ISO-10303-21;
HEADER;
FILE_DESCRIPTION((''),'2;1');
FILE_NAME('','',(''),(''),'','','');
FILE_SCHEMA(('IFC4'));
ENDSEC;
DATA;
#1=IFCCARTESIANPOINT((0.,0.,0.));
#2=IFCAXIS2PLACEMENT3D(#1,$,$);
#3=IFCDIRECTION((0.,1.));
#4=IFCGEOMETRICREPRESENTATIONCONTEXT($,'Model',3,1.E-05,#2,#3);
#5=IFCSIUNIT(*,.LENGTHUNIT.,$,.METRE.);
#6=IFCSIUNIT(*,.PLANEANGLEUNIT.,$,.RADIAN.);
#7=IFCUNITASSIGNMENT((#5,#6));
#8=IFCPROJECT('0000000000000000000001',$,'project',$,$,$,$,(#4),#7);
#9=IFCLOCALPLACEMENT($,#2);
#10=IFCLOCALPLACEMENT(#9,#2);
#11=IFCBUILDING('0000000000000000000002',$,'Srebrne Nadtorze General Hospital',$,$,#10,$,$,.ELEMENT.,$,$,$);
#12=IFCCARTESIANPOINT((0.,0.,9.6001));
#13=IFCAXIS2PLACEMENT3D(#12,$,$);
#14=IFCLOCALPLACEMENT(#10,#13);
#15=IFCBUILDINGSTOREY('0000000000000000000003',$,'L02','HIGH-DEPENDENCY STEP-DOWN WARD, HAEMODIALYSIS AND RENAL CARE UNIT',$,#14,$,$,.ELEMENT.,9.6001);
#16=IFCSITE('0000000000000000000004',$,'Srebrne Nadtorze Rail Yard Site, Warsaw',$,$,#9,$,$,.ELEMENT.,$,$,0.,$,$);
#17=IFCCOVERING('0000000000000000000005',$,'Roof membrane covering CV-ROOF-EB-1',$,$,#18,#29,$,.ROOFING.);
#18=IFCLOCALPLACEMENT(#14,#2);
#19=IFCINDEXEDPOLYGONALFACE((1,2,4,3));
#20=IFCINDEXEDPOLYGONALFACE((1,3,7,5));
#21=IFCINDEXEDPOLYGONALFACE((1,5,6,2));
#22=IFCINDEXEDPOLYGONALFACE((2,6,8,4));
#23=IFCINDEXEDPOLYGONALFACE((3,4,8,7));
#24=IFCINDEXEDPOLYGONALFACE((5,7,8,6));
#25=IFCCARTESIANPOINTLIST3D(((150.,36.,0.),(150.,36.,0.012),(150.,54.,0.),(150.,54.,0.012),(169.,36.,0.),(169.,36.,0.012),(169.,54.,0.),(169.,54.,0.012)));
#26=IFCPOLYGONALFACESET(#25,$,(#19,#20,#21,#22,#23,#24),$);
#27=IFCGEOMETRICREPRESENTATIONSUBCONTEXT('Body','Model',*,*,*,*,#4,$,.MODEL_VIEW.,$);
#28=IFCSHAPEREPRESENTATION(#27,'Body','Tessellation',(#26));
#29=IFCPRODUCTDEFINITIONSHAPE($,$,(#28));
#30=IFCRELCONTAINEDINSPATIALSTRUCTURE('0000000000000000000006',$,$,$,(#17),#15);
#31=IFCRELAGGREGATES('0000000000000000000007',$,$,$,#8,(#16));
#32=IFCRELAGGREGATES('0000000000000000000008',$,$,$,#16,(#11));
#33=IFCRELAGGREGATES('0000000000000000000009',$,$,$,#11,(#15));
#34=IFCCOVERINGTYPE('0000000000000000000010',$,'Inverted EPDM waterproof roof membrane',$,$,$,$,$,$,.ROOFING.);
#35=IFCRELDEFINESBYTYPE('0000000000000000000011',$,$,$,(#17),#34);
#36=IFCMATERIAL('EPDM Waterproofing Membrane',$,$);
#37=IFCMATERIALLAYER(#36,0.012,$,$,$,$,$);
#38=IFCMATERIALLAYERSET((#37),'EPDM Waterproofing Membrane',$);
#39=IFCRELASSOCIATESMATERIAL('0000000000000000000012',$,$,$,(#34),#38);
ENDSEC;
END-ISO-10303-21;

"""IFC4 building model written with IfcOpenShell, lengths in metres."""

from ifc_helpers import new_model, si_unit, direction, frame, origin, place, context, subcontext, project, spatial, polyline, outline, extrude, material, layer, layer_set, type_object, element, save


model = new_model("IFC4")

# Units and contexts
model_context = context("Model", 3, precision=1e-05, world=origin(), true_north=direction((0.0, 1.0)))
body_context = subcontext(model_context, "Body", "Model", "MODEL_VIEW")
ifc_project = project(units=[si_unit("LENGTHUNIT", "METRE"), si_unit("PLANEANGLEUNIT", "RADIAN")], contexts=[model_context])

# Site, building, storey
site_placement = place(None, origin())
site = spatial("IfcSite", under=ifc_project, at=site_placement, Name="Srebrne Nadtorze Rail Yard Site, Warsaw", CompositionType="ELEMENT", RefElevation=0.0)
building_placement = place(site_placement, origin())
building = spatial("IfcBuilding", under=site, at=building_placement, Name="Srebrne Nadtorze General Hospital", CompositionType="ELEMENT")
storey_placement = place(building_placement, frame((0.0, 0.0, 9.6001)))
storey = spatial("IfcBuildingStorey", under=building, at=storey_placement, Name="L02", Description="HIGH-DEPENDENCY STEP-DOWN WARD, HAEMODIALYSIS AND RENAL CARE UNIT", CompositionType="ELEMENT", Elevation=9.6001)

# Covering
ifc_material_1 = material(Name="EPDM Waterproofing Membrane")
ifc_layer_1 = layer(ifc_material_1, 0.012)
ifc_layer_set_1 = layer_set([ifc_layer_1], Name="EPDM Waterproofing Membrane")
covering_type_1 = type_object("IfcCoveringType", Name="Inverted EPDM waterproof roof membrane", PredefinedType="ROOFING", material=ifc_layer_set_1)
covering_1_placement = place(storey_placement, origin())
element("IfcCovering", 1, at=covering_1_placement, inside=storey, type_object=covering_type_1, Name="Roof membrane covering CV-ROOF-EB-1", PredefinedType="ROOFING", context=body_context, shape_type="SweptSolid", body=[
    extrude(outline(polyline([(150.0, 36.0), (169.0, 36.0), (169.0, 54.0), (150.0, 54.0), (150.0, 36.0)])), origin(), (0.0, 0.0, 1.0), 0.012),
])

save(model, "model.ifc")
